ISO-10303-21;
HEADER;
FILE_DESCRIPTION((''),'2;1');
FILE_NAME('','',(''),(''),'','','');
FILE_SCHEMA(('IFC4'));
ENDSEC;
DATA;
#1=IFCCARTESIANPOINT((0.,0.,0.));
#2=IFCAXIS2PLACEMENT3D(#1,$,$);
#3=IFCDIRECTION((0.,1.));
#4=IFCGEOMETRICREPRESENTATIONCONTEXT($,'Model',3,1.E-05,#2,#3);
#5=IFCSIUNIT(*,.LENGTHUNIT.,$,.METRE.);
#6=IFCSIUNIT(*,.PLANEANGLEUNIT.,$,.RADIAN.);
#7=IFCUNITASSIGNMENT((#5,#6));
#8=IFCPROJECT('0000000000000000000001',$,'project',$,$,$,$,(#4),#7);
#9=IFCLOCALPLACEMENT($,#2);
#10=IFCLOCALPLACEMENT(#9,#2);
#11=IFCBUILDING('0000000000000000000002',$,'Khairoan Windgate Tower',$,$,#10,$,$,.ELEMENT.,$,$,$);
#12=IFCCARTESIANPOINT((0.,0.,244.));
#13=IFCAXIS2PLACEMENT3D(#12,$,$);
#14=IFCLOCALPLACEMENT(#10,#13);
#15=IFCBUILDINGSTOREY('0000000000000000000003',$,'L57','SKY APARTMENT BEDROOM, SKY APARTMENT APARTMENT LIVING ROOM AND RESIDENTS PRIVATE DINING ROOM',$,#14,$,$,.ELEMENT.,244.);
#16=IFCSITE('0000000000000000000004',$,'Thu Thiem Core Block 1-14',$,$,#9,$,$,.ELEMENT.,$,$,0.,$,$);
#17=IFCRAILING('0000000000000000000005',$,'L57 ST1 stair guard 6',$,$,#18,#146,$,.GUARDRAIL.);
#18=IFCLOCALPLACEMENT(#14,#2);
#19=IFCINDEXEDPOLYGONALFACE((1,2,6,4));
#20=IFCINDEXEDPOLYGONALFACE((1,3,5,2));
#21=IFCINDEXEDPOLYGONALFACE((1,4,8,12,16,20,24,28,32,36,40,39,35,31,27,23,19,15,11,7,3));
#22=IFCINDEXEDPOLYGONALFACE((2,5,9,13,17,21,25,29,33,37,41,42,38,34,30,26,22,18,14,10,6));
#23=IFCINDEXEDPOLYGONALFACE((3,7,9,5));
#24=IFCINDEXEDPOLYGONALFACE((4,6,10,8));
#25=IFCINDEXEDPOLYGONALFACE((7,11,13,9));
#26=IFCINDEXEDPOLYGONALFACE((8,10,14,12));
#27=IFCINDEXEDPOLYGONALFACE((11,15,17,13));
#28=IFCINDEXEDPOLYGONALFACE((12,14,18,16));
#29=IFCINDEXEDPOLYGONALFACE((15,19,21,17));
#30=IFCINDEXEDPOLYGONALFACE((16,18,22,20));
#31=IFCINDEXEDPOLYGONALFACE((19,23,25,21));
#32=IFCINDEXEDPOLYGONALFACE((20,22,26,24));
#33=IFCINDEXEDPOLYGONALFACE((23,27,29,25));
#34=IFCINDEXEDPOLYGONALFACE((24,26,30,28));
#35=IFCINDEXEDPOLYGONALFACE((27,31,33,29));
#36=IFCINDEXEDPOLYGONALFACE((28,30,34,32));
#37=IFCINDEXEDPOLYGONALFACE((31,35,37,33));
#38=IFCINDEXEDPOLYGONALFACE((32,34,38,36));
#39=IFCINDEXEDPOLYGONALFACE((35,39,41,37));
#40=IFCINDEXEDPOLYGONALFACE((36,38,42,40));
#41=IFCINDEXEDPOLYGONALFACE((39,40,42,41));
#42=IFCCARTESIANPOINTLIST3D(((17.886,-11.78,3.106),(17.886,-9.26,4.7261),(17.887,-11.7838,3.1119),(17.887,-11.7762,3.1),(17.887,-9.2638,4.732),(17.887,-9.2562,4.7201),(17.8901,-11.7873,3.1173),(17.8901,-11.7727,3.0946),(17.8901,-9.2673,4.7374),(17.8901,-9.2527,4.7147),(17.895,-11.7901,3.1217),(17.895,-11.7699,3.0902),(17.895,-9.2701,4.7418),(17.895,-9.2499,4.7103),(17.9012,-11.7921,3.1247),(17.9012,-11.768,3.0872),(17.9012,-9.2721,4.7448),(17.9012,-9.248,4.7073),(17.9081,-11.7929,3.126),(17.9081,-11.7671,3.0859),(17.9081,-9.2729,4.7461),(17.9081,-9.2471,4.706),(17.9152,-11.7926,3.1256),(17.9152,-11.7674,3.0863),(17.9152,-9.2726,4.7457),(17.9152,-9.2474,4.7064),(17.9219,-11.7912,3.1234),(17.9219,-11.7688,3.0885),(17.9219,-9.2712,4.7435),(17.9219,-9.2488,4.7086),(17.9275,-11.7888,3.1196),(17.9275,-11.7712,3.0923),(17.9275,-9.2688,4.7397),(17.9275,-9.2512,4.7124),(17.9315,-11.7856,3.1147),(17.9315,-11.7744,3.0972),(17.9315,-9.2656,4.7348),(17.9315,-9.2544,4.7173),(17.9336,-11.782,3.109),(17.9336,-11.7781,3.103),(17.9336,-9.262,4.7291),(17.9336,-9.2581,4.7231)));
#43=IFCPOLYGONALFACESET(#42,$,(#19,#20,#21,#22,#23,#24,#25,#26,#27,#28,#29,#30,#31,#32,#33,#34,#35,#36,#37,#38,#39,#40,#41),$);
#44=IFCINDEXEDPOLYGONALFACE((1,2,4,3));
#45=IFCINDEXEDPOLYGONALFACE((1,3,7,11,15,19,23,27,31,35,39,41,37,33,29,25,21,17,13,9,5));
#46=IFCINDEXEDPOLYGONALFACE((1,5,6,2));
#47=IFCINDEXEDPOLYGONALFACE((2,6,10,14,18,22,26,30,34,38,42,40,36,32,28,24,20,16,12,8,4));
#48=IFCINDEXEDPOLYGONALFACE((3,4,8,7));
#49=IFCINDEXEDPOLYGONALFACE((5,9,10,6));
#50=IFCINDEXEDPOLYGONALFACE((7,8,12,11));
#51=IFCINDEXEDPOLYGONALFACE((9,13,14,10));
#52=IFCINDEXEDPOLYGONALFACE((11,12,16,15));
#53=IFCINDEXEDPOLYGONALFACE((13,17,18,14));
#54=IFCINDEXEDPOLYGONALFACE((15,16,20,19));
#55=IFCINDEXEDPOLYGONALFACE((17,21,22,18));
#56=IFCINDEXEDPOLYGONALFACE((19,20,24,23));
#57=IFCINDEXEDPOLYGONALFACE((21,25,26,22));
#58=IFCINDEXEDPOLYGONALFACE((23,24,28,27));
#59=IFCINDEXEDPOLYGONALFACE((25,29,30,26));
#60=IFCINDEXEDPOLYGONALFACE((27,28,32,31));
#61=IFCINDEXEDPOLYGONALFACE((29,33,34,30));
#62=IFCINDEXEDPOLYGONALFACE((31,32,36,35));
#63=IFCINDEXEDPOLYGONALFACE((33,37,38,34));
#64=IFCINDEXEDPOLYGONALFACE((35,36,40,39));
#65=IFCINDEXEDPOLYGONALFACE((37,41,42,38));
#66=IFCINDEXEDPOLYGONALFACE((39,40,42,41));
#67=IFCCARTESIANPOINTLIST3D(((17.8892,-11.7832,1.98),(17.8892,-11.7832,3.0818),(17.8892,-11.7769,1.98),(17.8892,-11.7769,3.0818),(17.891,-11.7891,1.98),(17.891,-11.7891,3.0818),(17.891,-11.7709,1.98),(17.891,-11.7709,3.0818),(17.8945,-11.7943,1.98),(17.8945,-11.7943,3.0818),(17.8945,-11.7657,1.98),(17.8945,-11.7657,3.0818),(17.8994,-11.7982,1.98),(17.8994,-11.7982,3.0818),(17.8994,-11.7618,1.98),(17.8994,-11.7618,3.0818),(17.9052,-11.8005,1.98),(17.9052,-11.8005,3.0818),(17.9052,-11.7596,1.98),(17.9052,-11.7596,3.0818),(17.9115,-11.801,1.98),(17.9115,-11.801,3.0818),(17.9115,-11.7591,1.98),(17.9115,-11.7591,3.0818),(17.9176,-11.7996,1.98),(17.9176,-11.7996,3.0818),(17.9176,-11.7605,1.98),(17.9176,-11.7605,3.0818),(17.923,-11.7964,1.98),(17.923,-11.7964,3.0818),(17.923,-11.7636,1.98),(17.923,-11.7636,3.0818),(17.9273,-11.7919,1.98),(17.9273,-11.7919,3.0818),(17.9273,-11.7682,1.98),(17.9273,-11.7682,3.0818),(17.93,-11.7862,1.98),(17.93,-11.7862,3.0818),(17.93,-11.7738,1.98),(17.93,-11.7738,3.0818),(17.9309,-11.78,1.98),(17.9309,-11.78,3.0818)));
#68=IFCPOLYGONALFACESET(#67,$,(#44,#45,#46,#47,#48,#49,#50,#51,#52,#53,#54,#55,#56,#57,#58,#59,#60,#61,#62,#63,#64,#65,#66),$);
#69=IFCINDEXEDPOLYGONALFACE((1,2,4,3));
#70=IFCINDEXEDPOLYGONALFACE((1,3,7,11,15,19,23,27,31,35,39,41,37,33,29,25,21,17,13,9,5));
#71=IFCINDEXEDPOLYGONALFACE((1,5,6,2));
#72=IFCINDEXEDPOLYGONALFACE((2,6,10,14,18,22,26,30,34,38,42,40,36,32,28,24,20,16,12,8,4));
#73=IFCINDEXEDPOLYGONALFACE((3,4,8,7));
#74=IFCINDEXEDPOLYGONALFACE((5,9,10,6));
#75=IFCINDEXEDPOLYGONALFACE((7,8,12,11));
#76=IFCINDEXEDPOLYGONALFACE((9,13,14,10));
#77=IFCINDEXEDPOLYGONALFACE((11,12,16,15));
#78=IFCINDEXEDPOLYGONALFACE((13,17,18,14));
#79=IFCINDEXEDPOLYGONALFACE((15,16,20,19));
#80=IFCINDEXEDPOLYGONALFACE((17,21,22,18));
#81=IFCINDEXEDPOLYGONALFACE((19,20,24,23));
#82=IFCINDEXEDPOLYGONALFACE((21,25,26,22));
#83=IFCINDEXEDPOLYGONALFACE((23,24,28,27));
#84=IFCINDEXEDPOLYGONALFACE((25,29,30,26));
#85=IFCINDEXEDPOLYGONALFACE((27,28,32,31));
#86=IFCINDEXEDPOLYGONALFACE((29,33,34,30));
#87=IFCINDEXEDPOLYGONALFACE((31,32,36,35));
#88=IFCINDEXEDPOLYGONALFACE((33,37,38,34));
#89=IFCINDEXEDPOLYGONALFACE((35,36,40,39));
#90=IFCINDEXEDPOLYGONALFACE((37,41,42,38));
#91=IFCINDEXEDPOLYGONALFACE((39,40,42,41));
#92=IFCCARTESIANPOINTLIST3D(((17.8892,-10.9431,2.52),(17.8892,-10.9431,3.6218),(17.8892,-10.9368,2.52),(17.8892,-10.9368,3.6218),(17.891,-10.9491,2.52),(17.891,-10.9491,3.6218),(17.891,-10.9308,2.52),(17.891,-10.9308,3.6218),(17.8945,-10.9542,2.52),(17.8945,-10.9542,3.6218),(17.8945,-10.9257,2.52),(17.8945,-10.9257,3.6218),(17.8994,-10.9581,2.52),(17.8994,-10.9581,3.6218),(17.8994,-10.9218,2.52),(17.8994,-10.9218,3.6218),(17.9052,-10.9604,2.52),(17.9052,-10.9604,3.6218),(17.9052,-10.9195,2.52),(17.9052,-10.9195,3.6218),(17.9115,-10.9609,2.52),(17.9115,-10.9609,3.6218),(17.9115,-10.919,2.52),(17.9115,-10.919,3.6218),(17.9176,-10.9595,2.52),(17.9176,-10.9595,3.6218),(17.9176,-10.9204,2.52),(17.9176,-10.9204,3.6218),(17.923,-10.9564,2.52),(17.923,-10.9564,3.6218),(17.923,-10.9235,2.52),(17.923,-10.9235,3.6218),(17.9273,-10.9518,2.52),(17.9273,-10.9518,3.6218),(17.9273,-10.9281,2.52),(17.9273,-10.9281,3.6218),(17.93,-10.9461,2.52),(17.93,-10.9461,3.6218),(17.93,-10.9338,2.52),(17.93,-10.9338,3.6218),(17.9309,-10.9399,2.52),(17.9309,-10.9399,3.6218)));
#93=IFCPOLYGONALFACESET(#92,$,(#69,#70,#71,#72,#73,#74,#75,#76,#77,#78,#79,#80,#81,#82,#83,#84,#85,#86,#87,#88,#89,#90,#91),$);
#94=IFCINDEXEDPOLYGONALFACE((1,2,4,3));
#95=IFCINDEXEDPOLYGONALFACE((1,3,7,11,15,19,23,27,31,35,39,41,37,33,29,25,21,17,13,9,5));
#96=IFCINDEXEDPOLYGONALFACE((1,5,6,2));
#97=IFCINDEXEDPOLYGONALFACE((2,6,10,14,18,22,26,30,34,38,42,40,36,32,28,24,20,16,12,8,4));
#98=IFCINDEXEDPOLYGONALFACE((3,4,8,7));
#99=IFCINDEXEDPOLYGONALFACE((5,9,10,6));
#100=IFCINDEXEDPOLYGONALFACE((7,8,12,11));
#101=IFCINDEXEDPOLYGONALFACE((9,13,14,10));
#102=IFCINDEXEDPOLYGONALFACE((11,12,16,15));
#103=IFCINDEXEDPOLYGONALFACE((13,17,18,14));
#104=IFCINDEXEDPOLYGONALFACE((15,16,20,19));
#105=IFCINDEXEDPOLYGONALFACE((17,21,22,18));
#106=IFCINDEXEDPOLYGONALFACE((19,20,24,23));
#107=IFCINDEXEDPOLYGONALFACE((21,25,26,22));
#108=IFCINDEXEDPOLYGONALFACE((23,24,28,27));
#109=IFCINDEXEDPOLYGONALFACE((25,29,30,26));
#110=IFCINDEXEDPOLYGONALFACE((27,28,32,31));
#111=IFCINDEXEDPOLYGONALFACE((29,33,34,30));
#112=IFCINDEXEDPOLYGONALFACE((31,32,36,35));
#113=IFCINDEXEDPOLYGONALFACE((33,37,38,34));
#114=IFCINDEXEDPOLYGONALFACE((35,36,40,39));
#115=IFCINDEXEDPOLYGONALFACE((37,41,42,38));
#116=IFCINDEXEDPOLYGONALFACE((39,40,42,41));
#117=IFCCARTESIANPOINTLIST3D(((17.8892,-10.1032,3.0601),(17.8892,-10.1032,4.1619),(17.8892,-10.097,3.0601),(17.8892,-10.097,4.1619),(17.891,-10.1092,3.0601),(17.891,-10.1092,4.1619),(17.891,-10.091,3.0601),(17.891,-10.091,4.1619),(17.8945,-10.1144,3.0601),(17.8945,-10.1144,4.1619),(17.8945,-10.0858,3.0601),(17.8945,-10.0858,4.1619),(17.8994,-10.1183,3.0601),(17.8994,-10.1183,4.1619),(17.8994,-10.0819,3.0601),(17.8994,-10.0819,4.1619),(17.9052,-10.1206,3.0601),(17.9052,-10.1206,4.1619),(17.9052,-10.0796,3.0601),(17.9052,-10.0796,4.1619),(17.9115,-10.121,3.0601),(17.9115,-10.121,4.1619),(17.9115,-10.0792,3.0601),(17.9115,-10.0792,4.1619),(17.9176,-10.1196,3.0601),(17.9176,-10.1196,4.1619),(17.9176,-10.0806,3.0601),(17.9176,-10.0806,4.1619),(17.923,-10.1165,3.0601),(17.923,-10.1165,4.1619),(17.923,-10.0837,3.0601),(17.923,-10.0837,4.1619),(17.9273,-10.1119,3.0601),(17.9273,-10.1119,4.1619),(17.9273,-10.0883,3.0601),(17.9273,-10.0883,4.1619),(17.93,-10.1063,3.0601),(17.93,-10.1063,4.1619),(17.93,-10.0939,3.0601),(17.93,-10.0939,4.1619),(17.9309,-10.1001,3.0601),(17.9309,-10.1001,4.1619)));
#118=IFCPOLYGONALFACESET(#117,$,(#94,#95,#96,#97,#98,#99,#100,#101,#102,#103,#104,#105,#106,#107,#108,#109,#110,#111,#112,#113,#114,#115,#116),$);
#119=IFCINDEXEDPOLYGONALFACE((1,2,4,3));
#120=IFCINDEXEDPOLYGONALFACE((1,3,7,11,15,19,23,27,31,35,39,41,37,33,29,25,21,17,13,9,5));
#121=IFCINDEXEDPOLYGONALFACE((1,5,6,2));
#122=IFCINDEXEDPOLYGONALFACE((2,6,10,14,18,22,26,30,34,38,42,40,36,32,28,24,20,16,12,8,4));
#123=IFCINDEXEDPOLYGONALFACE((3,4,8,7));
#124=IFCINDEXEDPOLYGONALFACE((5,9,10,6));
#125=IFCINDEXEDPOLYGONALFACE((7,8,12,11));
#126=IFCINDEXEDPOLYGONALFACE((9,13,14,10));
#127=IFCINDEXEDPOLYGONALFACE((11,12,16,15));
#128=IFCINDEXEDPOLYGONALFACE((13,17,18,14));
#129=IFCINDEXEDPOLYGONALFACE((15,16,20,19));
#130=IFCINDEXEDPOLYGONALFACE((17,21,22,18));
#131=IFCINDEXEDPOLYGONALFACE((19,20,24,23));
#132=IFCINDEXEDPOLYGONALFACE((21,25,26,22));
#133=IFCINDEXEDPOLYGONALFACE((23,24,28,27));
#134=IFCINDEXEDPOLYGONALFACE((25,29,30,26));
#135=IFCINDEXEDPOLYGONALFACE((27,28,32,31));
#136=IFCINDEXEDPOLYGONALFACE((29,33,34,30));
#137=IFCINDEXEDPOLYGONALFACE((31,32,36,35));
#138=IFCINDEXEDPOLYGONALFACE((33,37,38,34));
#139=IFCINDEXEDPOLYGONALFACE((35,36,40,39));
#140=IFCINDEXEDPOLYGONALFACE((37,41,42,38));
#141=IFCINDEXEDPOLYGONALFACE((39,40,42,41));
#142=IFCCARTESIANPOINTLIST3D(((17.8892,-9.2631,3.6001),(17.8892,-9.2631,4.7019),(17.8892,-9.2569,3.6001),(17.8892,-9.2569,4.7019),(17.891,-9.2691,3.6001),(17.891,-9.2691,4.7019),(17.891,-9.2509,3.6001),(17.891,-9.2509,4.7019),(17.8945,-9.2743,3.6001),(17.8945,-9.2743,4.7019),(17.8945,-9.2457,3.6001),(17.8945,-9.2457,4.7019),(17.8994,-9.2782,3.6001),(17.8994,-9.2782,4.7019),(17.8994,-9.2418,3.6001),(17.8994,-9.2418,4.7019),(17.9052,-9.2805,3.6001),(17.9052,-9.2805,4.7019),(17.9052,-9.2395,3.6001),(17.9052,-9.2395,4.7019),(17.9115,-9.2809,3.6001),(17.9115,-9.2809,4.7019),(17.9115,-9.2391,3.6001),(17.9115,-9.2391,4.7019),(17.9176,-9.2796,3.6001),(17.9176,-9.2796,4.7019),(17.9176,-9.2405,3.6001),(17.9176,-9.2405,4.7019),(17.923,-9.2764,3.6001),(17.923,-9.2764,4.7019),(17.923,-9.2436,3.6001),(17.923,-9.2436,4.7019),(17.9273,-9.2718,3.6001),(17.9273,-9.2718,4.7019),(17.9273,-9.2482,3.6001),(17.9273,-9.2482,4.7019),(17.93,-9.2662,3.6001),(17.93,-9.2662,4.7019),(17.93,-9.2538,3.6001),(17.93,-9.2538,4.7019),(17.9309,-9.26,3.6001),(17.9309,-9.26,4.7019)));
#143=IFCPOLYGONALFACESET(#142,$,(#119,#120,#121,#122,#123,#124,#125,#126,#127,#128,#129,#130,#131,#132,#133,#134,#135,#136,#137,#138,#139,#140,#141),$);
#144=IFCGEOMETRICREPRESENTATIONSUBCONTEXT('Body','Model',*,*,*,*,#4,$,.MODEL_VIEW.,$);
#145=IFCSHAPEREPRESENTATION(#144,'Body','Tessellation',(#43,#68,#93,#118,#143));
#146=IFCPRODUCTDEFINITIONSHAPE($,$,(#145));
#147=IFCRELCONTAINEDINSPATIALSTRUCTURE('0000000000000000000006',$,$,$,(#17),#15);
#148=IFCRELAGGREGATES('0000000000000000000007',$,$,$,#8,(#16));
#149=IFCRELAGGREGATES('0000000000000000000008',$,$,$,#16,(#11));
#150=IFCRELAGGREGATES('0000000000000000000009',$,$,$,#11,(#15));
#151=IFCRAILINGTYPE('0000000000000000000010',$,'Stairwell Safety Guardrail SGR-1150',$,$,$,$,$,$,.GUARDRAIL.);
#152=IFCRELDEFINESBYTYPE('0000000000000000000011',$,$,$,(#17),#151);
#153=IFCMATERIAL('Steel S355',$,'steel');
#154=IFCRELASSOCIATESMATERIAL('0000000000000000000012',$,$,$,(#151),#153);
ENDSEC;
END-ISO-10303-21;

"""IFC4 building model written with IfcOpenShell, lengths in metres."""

from ifc_helpers import new_model, si_unit, direction, frame, origin, origin_2d, place, context, subcontext, project, spatial, circle, extrude, material, type_object, element, save


model = new_model("IFC4")

# Units and contexts
model_context = context("Model", 3, precision=1e-05, world=origin(), true_north=direction((0.0, 1.0)))
body_context = subcontext(model_context, "Body", "Model", "MODEL_VIEW")
ifc_project = project(units=[si_unit("LENGTHUNIT", "METRE"), si_unit("PLANEANGLEUNIT", "RADIAN")], contexts=[model_context])

# Site, building, storey
site_placement = place(None, origin())
site = spatial("IfcSite", under=ifc_project, at=site_placement, Name="Thu Thiem Core Block 1-14", CompositionType="ELEMENT", RefElevation=0.0)
building_placement = place(site_placement, origin())
building = spatial("IfcBuilding", under=site, at=building_placement, Name="Khairoan Windgate Tower", CompositionType="ELEMENT")
storey_placement = place(building_placement, frame((0.0, 0.0, 244.0)))
storey = spatial("IfcBuildingStorey", under=building, at=storey_placement, Name="L57", Description="SKY APARTMENT BEDROOM, SKY APARTMENT APARTMENT LIVING ROOM AND RESIDENTS PRIVATE DINING ROOM", CompositionType="ELEMENT", Elevation=244.0)

# Railing
ifc_material_1 = material(Name="Steel S355", Category="steel")
railing_type_1 = type_object("IfcRailingType", Name="Stairwell Safety Guardrail SGR-1150", PredefinedType="GUARDRAIL", material=ifc_material_1)
railing_1_placement = place(storey_placement, frame((17.9099, -11.78, 1.98)))
element("IfcRailing", 1, at=railing_1_placement, inside=storey, type_object=railing_type_1, Name="L57 ST1 stair guard 6", PredefinedType="GUARDRAIL", context=body_context, shape_type="SweptSolid", body=[
    extrude(circle(Radius=0.0239, at=origin_2d()), frame((0.0, 0.0, 1.126), z_axis=(0.0, 0.841163, 0.540782), x_axis=(-1.0, 0.0, 0.0)), (0.0, 0.0, 1.0), 2.9958),
    extrude(circle(Radius=0.021, at=origin_2d()), origin(), (0.0, 0.0, 1.0), 1.1018),
    extrude(circle(Radius=0.021, at=origin_2d()), frame((0.0, 0.8401, 0.54)), (0.0, 0.0, 1.0), 1.1018),
    extrude(circle(Radius=0.021, at=origin_2d()), frame((0.0, 1.6799, 1.0801)), (0.0, 0.0, 1.0), 1.1018),
    extrude(circle(Radius=0.021, at=origin_2d()), frame((0.0, 2.52, 1.6201)), (0.0, 0.0, 1.0), 1.1018),
])

save(model, "model.ifc")
